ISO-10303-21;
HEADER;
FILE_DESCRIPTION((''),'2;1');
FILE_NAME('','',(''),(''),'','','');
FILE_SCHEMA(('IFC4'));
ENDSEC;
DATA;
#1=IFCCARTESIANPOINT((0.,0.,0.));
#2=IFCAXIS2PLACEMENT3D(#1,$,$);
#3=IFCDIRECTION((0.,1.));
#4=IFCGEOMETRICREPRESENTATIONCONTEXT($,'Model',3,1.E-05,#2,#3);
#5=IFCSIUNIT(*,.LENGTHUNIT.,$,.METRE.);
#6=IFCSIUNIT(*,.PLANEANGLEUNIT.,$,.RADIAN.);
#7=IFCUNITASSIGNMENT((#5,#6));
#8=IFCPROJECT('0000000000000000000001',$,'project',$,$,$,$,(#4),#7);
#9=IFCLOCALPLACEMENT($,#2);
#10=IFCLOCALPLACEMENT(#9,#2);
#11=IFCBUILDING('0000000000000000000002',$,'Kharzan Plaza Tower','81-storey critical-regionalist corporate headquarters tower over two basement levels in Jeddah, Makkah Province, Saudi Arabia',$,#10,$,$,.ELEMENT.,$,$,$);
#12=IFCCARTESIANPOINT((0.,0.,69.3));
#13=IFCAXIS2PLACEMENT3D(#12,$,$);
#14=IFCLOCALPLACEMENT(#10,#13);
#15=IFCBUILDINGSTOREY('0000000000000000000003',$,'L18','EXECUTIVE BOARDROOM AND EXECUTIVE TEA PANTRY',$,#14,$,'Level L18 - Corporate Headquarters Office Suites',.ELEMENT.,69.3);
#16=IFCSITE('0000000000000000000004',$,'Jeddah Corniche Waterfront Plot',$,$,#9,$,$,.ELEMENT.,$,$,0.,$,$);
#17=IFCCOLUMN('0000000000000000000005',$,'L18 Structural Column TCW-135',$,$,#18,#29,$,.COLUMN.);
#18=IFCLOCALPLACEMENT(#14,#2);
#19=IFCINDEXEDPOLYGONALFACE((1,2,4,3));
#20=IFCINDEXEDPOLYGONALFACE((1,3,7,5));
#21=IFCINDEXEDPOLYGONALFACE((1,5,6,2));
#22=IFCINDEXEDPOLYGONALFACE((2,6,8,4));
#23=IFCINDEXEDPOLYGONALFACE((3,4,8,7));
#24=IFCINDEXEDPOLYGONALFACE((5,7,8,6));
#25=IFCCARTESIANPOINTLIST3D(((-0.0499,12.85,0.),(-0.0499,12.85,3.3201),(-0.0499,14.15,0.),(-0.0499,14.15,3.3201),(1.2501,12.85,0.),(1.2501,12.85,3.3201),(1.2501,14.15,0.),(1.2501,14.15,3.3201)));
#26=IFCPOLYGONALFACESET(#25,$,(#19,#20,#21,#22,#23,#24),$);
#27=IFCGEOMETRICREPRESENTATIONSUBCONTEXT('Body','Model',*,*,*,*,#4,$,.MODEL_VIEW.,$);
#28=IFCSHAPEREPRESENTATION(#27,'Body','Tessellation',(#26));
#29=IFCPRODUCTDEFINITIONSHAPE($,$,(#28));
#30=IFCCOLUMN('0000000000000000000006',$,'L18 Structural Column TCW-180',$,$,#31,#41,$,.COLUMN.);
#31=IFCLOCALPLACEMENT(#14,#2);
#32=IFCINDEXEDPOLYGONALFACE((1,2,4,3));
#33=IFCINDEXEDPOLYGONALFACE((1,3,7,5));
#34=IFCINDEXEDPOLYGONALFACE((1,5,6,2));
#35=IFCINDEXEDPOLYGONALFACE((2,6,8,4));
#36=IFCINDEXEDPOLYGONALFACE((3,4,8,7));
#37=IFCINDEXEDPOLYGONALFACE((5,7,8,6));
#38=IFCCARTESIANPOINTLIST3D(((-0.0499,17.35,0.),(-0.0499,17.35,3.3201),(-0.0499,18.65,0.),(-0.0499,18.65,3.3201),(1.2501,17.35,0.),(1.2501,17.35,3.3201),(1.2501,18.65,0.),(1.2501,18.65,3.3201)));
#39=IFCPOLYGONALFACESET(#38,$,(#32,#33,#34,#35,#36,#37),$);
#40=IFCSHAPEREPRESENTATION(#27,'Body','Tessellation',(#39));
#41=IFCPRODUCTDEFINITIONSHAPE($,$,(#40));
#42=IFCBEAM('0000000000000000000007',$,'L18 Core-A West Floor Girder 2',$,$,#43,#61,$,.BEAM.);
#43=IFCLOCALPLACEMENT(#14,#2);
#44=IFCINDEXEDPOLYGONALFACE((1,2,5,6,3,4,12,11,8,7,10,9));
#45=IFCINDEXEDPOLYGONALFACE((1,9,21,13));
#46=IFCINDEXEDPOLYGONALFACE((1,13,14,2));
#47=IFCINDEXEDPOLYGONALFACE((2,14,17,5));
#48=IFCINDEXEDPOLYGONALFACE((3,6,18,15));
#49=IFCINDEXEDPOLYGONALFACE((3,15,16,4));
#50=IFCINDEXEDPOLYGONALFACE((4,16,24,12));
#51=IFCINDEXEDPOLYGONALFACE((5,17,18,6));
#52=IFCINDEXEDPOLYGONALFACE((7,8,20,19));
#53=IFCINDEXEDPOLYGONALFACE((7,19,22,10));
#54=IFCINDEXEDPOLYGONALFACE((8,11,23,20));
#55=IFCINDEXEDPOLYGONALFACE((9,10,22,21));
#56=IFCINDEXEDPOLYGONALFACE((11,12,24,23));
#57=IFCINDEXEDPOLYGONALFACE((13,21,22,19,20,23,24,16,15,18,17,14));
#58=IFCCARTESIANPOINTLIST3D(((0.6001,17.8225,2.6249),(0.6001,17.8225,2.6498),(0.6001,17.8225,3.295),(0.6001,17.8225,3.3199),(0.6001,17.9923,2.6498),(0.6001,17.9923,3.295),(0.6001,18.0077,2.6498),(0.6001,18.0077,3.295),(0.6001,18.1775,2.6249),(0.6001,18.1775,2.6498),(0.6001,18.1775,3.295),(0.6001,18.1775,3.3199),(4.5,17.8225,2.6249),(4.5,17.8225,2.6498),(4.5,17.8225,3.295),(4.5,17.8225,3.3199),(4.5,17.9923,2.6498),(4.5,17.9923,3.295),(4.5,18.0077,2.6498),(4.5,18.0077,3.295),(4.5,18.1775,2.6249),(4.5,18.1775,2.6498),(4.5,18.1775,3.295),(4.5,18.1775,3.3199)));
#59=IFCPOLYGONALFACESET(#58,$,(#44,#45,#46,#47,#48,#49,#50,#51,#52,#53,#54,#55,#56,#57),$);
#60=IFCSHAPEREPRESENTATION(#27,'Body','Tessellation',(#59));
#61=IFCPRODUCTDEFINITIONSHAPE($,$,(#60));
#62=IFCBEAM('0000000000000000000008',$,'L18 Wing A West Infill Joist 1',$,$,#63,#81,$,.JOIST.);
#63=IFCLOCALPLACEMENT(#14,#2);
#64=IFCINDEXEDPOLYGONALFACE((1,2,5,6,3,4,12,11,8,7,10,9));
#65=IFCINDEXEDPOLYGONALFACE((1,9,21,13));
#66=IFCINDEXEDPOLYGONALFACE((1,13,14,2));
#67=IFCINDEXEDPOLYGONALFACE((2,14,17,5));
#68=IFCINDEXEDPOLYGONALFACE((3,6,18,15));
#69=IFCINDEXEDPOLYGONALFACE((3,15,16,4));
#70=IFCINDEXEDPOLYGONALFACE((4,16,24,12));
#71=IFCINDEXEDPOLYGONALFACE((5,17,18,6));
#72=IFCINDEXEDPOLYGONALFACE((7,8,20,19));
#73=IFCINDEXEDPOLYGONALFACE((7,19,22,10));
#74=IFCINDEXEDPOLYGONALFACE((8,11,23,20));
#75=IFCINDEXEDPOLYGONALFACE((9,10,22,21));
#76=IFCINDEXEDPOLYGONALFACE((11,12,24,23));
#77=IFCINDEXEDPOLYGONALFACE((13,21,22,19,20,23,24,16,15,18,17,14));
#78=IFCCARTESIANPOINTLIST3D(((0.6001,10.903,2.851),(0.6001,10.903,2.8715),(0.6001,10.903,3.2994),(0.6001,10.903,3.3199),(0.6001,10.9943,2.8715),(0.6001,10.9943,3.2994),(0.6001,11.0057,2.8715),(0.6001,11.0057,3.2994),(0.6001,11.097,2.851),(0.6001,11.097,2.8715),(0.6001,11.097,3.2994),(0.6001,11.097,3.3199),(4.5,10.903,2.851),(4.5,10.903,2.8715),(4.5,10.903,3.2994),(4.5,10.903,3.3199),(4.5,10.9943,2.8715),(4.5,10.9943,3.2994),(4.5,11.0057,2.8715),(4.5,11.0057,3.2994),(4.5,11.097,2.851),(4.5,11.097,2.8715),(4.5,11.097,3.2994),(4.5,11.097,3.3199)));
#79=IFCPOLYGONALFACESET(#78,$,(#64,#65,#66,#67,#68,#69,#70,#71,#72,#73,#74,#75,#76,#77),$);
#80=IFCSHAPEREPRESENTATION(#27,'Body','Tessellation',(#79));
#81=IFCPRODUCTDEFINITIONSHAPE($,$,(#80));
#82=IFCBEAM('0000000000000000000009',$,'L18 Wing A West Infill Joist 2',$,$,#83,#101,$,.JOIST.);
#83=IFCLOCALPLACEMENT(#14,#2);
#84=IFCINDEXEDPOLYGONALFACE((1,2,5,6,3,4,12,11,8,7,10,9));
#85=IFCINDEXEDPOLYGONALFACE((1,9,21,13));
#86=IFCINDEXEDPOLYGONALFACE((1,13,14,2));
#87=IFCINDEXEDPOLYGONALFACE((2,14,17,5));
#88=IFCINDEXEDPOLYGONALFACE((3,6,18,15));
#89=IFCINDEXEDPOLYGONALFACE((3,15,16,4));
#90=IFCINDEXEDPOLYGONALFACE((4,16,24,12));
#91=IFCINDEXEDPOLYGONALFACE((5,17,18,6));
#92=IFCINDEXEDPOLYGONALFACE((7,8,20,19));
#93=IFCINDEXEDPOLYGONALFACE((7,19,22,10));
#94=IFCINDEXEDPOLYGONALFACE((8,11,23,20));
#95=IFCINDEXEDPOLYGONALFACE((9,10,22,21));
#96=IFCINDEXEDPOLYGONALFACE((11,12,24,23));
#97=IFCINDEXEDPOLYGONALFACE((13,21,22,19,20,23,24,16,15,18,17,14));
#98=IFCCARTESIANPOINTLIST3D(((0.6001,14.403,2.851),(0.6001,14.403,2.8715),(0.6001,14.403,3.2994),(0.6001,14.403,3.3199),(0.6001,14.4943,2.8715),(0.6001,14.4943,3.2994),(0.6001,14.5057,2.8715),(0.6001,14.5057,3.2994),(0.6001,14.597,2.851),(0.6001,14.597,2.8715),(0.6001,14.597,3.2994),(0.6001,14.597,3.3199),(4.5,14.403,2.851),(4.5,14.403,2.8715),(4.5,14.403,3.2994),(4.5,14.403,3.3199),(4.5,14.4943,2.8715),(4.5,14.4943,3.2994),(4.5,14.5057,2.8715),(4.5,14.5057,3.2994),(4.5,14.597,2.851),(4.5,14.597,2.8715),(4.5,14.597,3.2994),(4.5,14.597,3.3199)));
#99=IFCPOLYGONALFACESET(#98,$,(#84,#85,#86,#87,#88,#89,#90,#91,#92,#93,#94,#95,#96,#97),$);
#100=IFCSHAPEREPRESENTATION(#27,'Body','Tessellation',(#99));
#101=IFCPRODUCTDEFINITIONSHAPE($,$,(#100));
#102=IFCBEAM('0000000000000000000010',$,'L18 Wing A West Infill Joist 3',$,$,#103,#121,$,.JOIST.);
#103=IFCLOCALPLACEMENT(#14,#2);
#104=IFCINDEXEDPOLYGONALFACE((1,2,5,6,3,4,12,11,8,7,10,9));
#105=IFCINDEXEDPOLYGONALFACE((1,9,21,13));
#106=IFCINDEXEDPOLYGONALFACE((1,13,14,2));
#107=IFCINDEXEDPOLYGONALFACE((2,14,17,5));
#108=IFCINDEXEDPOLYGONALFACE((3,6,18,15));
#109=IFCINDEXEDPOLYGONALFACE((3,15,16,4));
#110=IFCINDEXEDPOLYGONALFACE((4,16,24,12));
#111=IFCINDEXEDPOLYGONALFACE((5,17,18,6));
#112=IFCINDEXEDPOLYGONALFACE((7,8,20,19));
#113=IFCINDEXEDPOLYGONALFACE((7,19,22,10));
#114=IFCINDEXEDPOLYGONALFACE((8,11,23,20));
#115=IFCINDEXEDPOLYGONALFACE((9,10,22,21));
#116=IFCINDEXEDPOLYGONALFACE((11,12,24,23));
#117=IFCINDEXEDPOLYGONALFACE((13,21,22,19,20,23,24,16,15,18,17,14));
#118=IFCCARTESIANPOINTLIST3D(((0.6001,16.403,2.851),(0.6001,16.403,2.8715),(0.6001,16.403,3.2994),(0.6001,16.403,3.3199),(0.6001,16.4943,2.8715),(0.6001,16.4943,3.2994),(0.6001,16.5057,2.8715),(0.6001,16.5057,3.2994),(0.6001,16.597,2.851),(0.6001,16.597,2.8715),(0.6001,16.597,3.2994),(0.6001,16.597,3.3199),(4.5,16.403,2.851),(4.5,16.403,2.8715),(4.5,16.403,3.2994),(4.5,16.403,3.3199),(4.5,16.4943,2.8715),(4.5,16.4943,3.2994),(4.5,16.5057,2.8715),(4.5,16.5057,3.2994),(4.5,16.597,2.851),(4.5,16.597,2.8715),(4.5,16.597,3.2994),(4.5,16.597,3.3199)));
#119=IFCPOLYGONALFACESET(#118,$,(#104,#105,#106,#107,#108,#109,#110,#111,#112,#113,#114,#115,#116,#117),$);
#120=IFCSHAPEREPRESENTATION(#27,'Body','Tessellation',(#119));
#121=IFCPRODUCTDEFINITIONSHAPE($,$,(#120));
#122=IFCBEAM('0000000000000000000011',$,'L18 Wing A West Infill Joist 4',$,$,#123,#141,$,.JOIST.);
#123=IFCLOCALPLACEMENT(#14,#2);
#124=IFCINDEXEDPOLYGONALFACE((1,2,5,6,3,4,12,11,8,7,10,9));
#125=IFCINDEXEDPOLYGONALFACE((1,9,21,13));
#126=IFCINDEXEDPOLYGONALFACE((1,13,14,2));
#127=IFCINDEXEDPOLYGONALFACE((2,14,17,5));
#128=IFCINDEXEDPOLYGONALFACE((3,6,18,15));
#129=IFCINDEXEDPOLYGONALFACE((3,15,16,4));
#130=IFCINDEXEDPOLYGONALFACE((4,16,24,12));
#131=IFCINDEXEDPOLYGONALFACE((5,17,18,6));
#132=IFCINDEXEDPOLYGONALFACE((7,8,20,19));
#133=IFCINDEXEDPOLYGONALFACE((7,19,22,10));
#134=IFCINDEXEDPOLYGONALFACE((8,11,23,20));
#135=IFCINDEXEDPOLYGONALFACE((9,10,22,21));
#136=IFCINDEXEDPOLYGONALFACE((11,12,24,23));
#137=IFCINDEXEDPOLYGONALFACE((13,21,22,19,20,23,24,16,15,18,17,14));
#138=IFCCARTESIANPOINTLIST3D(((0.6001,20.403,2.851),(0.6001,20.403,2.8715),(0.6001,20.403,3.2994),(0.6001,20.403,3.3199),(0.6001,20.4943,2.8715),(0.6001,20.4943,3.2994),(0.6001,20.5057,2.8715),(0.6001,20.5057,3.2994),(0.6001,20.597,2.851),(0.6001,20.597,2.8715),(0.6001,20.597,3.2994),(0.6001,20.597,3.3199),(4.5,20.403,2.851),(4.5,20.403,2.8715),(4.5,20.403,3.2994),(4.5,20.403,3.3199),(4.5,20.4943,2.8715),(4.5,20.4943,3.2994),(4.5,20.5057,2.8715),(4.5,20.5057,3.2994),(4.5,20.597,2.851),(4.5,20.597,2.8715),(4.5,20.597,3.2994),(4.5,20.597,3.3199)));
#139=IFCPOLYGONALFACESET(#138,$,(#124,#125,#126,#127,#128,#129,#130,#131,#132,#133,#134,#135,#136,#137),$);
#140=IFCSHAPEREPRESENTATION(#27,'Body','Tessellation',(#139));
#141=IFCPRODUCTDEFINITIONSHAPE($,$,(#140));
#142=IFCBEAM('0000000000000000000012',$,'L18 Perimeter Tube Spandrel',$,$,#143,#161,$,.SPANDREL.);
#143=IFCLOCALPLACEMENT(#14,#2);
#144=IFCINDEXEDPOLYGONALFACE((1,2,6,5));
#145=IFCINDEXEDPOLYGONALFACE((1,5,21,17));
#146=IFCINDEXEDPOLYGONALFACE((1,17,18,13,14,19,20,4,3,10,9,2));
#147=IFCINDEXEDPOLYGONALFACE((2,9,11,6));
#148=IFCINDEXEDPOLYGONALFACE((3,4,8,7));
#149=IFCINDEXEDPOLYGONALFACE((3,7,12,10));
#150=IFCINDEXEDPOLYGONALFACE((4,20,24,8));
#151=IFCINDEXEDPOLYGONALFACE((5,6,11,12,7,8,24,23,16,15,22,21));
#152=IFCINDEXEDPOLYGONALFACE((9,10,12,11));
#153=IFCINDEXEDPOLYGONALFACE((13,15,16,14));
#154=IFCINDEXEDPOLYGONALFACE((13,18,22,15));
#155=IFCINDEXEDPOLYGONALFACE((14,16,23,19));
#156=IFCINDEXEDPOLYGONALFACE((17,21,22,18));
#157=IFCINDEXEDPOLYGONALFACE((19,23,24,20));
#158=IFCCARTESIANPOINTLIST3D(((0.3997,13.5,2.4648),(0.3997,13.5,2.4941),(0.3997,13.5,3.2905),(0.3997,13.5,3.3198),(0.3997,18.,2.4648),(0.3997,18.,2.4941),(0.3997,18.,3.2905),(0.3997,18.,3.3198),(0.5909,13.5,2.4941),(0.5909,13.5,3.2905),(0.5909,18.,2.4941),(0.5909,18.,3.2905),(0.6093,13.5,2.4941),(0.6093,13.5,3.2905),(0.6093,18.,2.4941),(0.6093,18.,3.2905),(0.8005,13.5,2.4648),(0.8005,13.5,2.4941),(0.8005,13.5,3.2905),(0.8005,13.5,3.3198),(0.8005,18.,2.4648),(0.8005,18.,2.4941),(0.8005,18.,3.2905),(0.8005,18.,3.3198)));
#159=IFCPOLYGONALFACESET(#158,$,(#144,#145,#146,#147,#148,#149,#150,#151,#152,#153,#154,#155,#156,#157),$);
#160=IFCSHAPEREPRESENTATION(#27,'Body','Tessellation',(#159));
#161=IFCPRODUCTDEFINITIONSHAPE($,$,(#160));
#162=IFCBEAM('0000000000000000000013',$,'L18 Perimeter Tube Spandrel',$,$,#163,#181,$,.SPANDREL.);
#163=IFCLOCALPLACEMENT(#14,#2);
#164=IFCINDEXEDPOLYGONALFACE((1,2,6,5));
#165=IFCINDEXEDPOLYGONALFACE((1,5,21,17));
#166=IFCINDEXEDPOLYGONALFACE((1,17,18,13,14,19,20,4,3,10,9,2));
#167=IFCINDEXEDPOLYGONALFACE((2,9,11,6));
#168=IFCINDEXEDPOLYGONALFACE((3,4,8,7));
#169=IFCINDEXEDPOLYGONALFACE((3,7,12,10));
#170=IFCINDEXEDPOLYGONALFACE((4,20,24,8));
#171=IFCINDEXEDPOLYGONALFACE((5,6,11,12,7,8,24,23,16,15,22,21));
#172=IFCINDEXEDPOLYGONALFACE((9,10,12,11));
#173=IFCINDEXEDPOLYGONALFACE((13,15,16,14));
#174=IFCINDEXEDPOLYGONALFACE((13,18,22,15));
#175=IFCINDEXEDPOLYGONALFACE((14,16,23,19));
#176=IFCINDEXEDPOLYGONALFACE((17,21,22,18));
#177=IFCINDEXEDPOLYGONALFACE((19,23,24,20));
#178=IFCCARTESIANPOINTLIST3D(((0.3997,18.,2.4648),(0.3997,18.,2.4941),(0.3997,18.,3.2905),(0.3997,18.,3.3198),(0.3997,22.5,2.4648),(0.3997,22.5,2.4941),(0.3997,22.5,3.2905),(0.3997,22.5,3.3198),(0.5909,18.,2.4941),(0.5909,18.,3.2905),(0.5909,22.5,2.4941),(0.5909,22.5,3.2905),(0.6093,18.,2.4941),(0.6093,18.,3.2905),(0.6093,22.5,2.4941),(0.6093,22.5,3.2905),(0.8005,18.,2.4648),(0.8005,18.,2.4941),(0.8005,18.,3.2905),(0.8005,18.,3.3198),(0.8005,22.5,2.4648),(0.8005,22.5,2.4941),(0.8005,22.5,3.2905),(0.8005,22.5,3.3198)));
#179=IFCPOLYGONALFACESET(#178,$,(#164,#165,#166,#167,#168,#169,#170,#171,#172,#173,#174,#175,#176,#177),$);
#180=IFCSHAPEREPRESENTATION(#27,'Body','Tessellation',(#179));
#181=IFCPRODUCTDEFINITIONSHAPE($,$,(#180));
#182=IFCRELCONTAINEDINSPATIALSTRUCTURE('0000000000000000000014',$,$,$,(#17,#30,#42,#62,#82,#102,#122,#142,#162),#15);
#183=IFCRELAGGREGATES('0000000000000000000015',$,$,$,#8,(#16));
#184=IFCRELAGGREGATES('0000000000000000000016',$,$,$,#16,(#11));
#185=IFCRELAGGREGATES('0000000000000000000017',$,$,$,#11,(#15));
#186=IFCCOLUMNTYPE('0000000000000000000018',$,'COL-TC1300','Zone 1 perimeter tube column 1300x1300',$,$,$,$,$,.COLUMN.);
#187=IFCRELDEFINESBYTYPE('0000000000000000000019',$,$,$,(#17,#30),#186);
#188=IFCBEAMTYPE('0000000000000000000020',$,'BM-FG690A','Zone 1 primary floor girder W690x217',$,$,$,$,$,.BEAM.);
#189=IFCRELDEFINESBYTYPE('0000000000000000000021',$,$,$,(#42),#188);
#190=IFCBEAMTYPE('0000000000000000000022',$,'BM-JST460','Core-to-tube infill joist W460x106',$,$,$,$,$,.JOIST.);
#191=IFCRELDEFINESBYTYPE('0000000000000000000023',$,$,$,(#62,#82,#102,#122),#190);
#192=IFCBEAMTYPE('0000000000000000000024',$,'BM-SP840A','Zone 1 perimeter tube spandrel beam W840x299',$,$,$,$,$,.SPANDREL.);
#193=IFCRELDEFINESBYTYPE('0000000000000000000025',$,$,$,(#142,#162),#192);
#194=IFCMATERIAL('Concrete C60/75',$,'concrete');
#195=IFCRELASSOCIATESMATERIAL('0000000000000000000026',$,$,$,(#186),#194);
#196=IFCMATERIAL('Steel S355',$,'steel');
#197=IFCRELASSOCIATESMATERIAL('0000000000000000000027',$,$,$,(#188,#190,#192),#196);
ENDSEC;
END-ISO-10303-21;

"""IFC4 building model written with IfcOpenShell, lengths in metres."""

from ifc_helpers import new_model, si_unit, direction, frame, origin, origin_2d, place, context, subcontext, project, spatial, rectangle, i_section, extrude, source, transform, mapped, material, material_profile, profile_set, type_object, element, save


model = new_model("IFC4")

# Units and contexts
model_context = context("Model", 3, precision=1e-05, world=origin(), true_north=direction((0.0, 1.0)))
body_context = subcontext(model_context, "Body", "Model", "MODEL_VIEW")
ifc_project = project(units=[si_unit("LENGTHUNIT", "METRE"), si_unit("PLANEANGLEUNIT", "RADIAN")], contexts=[model_context])

# Site, building, storey
site_placement = place(None, origin())
site = spatial("IfcSite", under=ifc_project, at=site_placement, Name="Jeddah Corniche Waterfront Plot", CompositionType="ELEMENT", RefElevation=0.0)
building_placement = place(site_placement, origin())
building = spatial("IfcBuilding", under=site, at=building_placement, Name="Kharzan Plaza Tower", Description="81-storey critical-regionalist corporate headquarters tower over two basement levels in Jeddah, Makkah Province, Saudi Arabia", CompositionType="ELEMENT")
storey_placement = place(building_placement, frame((0.0, 0.0, 69.3)))
storey = spatial("IfcBuildingStorey", under=building, at=storey_placement, Name="L18", Description="EXECUTIVE BOARDROOM AND EXECUTIVE TEA PANTRY", LongName="Level L18 - Corporate Headquarters Office Suites", CompositionType="ELEMENT", Elevation=69.3)

# Columns
ifc_material_1 = material(Name="Concrete C60/75", Category="concrete")
ifc_material_profile_1 = material_profile(ifc_material_1, rectangle(XDim=1.3, YDim=1.3, at=origin_2d()), Name="RC-TC1300x1300")
ifc_profile_set_1 = profile_set([ifc_material_profile_1], Name="Concrete C60/75")
column_type = type_object("IfcColumnType", Name="COL-TC1300", Description="Zone 1 perimeter tube column 1300x1300", PredefinedType="COLUMN", material=ifc_profile_set_1)
shared_shape_1 = source(origin(), body_context, "Body", "SweptSolid", [
    extrude(rectangle(XDim=1.3, YDim=1.3, at=origin_2d()), origin(), (0.0, 0.0, 1.0), 3.3201),
])
for number, where, z_axis, x_axis, name in (
    (1, (0.6001, 13.5, 0.0), (0.0, 0.0, 1.0), (1.0, 0.0, 0.0), "L18 Structural Column TCW-135"),
    (2, (0.6001, 18.0, 0.0), (0.0, 0.0, 1.0), (1.0, 0.0, 0.0), "L18 Structural Column TCW-180"),
):
    element("IfcColumn", number, at=place(storey_placement, frame(where, z_axis=z_axis, x_axis=x_axis)), inside=storey, type_object=column_type, Name=name, PredefinedType="COLUMN", context=body_context, shape_type="MappedRepresentation", body=[
        mapped(shared_shape_1, transform((0.0, 0.0, 0.0), x_axis=(1.0, 0.0, 0.0), y_axis=(0.0, 1.0, 0.0), z_axis=(0.0, 0.0, 1.0))),
    ])

# Beams
ifc_material_2 = material(Name="Steel S355", Category="steel")
ifc_material_profile_2 = material_profile(ifc_material_2, i_section(OverallWidth=0.355, OverallDepth=0.6951, WebThickness=0.0154, FlangeThickness=0.0249, at=origin_2d()), Name="W690x217")
ifc_profile_set_2 = profile_set([ifc_material_profile_2], Name="Steel S355")
beam_type_1 = type_object("IfcBeamType", Name="BM-FG690A", Description="Zone 1 primary floor girder W690x217", PredefinedType="BEAM", material=ifc_profile_set_2)
shared_shape_2 = source(origin(), body_context, "Body", "SweptSolid", [
    extrude(i_section(OverallWidth=0.355, OverallDepth=0.6951, WebThickness=0.0154, FlangeThickness=0.0249, at=origin_2d()), origin(), (0.0, 0.0, 1.0), 3.8999),
])
beam_placement = place(storey_placement, frame((0.6001, 18.0, 2.9724), z_axis=(1.0, 0.0, 0.0), x_axis=(0.0, 1.0, 0.0)))
element("IfcBeam", 3, at=beam_placement, inside=storey, type_object=beam_type_1, Name="L18 Core-A West Floor Girder 2", PredefinedType="BEAM", context=body_context, shape_type="MappedRepresentation", body=[
    mapped(shared_shape_2, transform((0.0, 0.0, 0.0), x_axis=(1.0, 0.0, 0.0), y_axis=(0.0, 1.0, 0.0), z_axis=(0.0, 0.0, 1.0))),
])
ifc_material_profile_3 = material_profile(ifc_material_2, i_section(OverallWidth=0.1941, OverallDepth=0.469, WebThickness=0.0115, FlangeThickness=0.0205, at=origin_2d()), Name="W460x106")
ifc_profile_set_3 = profile_set([ifc_material_profile_3], Name="Steel S355")
beam_type_2 = type_object("IfcBeamType", Name="BM-JST460", Description="Core-to-tube infill joist W460x106", PredefinedType="JOIST", material=ifc_profile_set_3)
shared_shape_3 = source(origin(), body_context, "Body", "SweptSolid", [
    extrude(i_section(OverallWidth=0.1941, OverallDepth=0.469, WebThickness=0.0115, FlangeThickness=0.0205, at=origin_2d()), origin(), (0.0, 0.0, 1.0), 3.8999),
])
for number, where, z_axis, x_axis, name in (
    (4, (0.6001, 11.0, 3.0854), (1.0, 0.0, 0.0), (0.0, 1.0, 0.0), "L18 Wing A West Infill Joist 1"),
    (5, (0.6001, 14.5, 3.0854), (1.0, 0.0, 0.0), (0.0, 1.0, 0.0), "L18 Wing A West Infill Joist 2"),
    (6, (0.6001, 16.5, 3.0854), (1.0, 0.0, 0.0), (0.0, 1.0, 0.0), "L18 Wing A West Infill Joist 3"),
    (7, (0.6001, 20.5, 3.0854), (1.0, 0.0, 0.0), (0.0, 1.0, 0.0), "L18 Wing A West Infill Joist 4"),
):
    element("IfcBeam", number, at=place(storey_placement, frame(where, z_axis=z_axis, x_axis=x_axis)), inside=storey, type_object=beam_type_2, Name=name, PredefinedType="JOIST", context=body_context, shape_type="MappedRepresentation", body=[
        mapped(shared_shape_3, transform((0.0, 0.0, 0.0), x_axis=(1.0, 0.0, 0.0), y_axis=(0.0, 1.0, 0.0), z_axis=(0.0, 0.0, 1.0))),
    ])
ifc_material_profile_4 = material_profile(ifc_material_2, i_section(OverallWidth=0.4009, OverallDepth=0.855, WebThickness=0.0183, FlangeThickness=0.0293, at=origin_2d()), Name="W840x299")
ifc_profile_set_4 = profile_set([ifc_material_profile_4], Name="Steel S355")
beam_type_3 = type_object("IfcBeamType", Name="BM-SP840A", Description="Zone 1 perimeter tube spandrel beam W840x299", PredefinedType="SPANDREL", material=ifc_profile_set_4)
shared_shape_4 = source(origin(), body_context, "Body", "SweptSolid", [
    extrude(i_section(OverallWidth=0.4009, OverallDepth=0.855, WebThickness=0.0183, FlangeThickness=0.0293, at=origin_2d()), origin(), (0.0, 0.0, 1.0), 4.5),
])
for number, where, z_axis, x_axis, name in (
    (8, (0.6001, 13.5, 2.8923), (0.0, 1.0, 0.0), (-1.0, 0.0, 0.0), "L18 Perimeter Tube Spandrel"),
    (9, (0.6001, 18.0, 2.8923), (0.0, 1.0, 0.0), (-1.0, 0.0, 0.0), "L18 Perimeter Tube Spandrel"),
):
    element("IfcBeam", number, at=place(storey_placement, frame(where, z_axis=z_axis, x_axis=x_axis)), inside=storey, type_object=beam_type_3, Name=name, PredefinedType="SPANDREL", context=body_context, shape_type="MappedRepresentation", body=[
        mapped(shared_shape_4, transform((0.0, 0.0, 0.0), x_axis=(1.0, 0.0, 0.0), y_axis=(0.0, 1.0, 0.0), z_axis=(0.0, 0.0, 1.0))),
    ])

save(model, "model.ifc")
